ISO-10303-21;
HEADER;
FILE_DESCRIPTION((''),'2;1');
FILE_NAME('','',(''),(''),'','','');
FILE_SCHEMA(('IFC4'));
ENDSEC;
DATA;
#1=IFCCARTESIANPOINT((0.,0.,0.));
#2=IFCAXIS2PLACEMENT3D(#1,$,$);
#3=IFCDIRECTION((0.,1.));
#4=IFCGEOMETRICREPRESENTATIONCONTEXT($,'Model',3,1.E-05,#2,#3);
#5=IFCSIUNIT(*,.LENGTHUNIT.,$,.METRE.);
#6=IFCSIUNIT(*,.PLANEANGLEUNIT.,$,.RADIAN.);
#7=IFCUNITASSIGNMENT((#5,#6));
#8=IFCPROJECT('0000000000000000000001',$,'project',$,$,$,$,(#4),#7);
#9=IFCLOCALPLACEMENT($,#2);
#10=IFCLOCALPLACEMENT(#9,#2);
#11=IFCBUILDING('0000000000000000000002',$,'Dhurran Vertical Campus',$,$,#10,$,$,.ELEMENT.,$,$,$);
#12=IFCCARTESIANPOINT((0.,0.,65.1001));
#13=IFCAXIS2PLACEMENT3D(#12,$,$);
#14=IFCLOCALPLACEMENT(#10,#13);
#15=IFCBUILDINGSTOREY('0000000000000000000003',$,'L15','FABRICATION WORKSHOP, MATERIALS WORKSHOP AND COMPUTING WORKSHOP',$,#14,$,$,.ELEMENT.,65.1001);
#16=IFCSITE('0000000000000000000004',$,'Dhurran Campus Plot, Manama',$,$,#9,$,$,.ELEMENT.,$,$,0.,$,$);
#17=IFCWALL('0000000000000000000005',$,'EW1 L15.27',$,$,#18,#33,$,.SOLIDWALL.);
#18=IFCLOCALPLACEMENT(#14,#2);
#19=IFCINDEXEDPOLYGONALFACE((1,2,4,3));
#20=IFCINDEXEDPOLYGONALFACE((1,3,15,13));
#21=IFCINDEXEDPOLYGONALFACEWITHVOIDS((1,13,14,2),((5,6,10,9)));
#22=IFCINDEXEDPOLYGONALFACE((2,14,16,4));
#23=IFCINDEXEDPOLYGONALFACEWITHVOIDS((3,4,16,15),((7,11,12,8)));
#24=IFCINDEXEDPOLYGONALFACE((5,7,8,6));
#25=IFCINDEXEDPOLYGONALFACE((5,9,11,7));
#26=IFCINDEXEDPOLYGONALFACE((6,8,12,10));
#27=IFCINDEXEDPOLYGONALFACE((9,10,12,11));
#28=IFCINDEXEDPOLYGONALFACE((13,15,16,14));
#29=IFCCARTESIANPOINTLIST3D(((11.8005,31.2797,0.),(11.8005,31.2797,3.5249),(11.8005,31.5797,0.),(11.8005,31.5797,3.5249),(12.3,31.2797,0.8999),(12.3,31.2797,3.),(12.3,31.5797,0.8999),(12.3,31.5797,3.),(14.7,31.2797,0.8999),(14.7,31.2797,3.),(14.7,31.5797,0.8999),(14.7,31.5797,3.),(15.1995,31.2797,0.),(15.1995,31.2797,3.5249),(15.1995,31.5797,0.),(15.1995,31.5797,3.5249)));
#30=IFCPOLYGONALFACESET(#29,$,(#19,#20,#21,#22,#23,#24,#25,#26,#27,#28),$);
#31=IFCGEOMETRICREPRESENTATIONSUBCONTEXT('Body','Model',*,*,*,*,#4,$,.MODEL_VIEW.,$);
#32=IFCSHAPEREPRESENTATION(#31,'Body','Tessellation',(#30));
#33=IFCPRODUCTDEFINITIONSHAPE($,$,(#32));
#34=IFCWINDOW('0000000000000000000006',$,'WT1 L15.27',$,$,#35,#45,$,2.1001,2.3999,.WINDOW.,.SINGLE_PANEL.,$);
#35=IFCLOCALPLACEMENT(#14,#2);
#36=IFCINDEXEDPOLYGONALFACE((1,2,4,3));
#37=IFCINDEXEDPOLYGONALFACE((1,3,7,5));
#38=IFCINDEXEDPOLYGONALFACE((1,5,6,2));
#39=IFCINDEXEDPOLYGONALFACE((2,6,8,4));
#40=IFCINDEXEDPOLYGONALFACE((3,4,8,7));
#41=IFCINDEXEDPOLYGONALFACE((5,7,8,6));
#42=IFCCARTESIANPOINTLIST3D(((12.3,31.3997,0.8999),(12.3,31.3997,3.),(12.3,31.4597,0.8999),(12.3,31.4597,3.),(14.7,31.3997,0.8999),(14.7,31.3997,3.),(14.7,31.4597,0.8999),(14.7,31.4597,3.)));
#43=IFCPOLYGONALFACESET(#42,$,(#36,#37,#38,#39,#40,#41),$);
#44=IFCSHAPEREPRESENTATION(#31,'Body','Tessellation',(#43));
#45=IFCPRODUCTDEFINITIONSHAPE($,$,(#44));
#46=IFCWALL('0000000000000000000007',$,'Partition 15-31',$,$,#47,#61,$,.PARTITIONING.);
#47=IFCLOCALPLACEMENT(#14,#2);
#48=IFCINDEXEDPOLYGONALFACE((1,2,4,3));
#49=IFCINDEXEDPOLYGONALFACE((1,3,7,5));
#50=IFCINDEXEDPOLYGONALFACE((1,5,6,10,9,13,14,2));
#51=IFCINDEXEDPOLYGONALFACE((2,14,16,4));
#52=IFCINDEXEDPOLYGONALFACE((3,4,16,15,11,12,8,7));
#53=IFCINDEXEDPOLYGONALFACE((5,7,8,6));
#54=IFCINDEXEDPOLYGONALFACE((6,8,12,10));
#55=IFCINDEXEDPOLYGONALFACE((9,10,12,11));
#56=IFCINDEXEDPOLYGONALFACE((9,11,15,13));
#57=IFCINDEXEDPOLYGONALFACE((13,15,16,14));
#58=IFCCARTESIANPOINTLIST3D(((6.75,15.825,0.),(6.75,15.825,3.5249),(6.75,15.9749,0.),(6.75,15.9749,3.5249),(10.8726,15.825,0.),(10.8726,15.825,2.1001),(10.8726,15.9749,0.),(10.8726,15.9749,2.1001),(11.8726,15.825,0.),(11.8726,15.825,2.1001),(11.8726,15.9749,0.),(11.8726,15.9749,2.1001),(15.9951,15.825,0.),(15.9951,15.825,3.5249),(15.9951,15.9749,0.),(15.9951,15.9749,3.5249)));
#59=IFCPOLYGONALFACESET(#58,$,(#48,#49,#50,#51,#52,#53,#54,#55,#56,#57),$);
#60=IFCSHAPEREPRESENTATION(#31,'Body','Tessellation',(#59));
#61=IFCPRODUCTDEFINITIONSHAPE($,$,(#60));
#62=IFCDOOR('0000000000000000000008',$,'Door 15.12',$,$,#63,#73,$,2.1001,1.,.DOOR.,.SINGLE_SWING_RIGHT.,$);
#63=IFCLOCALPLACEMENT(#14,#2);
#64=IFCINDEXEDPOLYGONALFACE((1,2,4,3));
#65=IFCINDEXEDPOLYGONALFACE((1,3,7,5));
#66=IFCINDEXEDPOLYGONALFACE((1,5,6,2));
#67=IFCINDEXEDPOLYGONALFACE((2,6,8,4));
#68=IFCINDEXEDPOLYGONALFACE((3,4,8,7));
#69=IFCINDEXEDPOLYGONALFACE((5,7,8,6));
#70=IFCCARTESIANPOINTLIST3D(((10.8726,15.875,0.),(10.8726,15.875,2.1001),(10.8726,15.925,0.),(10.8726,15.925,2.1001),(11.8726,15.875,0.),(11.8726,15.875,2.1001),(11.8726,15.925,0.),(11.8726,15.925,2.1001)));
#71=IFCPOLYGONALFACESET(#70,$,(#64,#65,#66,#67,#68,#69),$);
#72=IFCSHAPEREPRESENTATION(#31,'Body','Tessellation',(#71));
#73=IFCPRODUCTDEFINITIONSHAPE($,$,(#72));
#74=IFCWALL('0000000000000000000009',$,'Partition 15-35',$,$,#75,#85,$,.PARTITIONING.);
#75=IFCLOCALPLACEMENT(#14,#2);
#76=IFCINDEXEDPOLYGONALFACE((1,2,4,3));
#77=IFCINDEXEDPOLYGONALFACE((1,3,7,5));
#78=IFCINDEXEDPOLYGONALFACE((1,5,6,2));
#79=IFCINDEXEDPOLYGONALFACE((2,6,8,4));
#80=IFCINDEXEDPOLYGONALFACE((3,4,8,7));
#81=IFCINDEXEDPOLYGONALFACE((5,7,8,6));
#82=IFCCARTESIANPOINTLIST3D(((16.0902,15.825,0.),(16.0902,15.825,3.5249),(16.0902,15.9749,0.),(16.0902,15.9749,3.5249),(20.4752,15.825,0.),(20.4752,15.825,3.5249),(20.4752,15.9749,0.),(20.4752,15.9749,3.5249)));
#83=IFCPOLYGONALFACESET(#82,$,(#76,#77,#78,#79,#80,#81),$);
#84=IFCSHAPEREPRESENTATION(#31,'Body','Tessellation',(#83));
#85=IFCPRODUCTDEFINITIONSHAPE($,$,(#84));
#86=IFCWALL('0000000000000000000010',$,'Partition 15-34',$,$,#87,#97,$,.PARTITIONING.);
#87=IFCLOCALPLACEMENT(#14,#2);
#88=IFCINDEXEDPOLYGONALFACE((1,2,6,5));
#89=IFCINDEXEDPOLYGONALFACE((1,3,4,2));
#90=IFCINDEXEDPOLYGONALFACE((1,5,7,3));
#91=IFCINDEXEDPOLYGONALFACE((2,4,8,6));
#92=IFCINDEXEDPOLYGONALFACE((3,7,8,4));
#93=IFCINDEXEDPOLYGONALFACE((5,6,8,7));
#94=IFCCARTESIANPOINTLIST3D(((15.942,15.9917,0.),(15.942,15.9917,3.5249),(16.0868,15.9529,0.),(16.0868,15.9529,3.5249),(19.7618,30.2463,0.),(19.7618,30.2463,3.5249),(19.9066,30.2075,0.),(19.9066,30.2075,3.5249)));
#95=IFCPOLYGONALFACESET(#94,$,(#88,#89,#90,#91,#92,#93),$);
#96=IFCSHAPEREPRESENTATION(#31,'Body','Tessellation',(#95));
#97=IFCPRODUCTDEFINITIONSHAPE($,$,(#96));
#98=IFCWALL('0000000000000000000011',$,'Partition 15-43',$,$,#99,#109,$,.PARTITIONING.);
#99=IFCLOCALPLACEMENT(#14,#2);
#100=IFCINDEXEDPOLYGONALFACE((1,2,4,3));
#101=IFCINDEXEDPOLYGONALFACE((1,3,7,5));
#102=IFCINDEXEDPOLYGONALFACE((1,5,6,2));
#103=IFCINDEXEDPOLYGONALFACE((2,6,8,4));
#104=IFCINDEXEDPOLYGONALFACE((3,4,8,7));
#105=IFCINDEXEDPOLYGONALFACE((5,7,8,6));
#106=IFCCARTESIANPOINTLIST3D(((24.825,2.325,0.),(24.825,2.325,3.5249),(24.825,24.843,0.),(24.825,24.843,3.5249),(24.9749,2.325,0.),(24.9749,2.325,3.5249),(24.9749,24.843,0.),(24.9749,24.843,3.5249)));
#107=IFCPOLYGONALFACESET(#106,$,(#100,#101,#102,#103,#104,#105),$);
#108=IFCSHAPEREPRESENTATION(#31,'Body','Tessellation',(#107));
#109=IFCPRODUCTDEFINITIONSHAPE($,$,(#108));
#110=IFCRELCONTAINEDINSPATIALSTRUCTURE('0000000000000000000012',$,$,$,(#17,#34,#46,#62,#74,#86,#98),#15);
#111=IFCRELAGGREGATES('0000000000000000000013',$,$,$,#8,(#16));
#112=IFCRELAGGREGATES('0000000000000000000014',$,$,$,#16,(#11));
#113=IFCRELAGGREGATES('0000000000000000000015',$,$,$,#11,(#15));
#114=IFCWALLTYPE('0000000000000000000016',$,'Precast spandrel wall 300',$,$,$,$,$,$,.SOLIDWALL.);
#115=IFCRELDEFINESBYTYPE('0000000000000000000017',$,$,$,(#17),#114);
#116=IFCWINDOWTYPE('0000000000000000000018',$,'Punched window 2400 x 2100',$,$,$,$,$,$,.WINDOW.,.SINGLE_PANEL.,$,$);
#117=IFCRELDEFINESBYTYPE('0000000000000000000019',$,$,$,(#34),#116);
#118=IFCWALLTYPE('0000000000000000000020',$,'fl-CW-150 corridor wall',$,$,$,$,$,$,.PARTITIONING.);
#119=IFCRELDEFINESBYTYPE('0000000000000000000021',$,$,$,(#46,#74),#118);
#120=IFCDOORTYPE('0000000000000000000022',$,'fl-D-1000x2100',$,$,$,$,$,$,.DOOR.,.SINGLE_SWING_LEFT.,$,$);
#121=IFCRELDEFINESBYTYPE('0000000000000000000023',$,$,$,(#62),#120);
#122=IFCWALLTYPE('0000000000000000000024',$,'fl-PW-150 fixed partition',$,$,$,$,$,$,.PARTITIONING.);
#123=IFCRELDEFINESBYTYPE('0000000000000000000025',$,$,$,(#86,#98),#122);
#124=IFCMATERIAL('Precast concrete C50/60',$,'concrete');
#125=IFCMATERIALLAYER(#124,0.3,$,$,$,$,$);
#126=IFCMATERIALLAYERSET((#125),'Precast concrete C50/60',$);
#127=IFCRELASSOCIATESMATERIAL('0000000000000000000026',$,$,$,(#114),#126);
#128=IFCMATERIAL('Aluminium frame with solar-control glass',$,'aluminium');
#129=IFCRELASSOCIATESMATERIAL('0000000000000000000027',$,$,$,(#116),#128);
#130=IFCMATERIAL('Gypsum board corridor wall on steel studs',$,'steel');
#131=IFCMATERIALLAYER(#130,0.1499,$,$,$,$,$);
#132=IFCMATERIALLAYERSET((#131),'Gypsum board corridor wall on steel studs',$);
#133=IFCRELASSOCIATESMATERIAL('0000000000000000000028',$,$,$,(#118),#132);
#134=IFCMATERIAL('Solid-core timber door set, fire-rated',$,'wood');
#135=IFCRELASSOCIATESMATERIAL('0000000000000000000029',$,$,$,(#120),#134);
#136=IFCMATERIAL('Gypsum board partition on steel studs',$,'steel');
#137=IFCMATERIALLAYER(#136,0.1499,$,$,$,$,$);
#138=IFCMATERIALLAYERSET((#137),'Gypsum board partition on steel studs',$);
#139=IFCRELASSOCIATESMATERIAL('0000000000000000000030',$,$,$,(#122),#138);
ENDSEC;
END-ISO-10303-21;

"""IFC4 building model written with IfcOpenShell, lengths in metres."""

from ifc_helpers import new_model, si_unit, direction, frame, frame_2d, origin, place, context, subcontext, project, spatial, rectangle, extrude, material, layer, layer_set, type_object, element, fill, save


model = new_model("IFC4")

# Units and contexts
model_context = context("Model", 3, precision=1e-05, world=origin(), true_north=direction((0.0, 1.0)))
body_context = subcontext(model_context, "Body", "Model", "MODEL_VIEW")
ifc_project = project(units=[si_unit("LENGTHUNIT", "METRE"), si_unit("PLANEANGLEUNIT", "RADIAN")], contexts=[model_context])

# Site, building, storey
site_placement = place(None, origin())
site = spatial("IfcSite", under=ifc_project, at=site_placement, Name="Dhurran Campus Plot, Manama", CompositionType="ELEMENT", RefElevation=0.0)
building_placement = place(site_placement, origin())
building = spatial("IfcBuilding", under=site, at=building_placement, Name="Dhurran Vertical Campus", CompositionType="ELEMENT")
storey_placement = place(building_placement, frame((0.0, 0.0, 65.1001)))
storey = spatial("IfcBuildingStorey", under=building, at=storey_placement, Name="L15", Description="FABRICATION WORKSHOP, MATERIALS WORKSHOP AND COMPUTING WORKSHOP", CompositionType="ELEMENT", Elevation=65.1001)

# Wall, opening, window
ifc_material_1 = material(Name="Precast concrete C50/60", Category="concrete")
ifc_layer_1 = layer(ifc_material_1, 0.3)
ifc_layer_set_1 = layer_set([ifc_layer_1], Name="Precast concrete C50/60")
wall_type_1 = type_object("IfcWallType", Name="Precast spandrel wall 300", PredefinedType="SOLIDWALL", material=ifc_layer_set_1)
ifc_material_2 = material(Name="Aluminium frame with solar-control glass", Category="aluminium")
window_type = type_object("IfcWindowType", Name="Punched window 2400 x 2100", PartitioningType="SINGLE_PANEL", PredefinedType="WINDOW", material=ifc_material_2)
wall_1_placement = place(storey_placement, frame((15.1995, 31.4297, 0.0), z_axis=(0.0, 0.0, 1.0), x_axis=(-1.0, 0.0, 0.0)))
wall_1 = element("IfcWall", 1, at=wall_1_placement, inside=storey, type_object=wall_type_1, Name="EW1 L15.27", PredefinedType="SOLIDWALL", context=body_context, shape_type="SweptSolid", body=[
    extrude(rectangle(XDim=3.3989, YDim=0.3, at=frame_2d((1.6995, 0.0))), origin(), (0.0, 0.0, 1.0), 3.5249),
])
opening_1_placement = place(wall_1_placement, frame((0.4995, 0.0, 0.8999)))
opening_1 = element("IfcOpeningElement", 2, at=opening_1_placement, cuts=wall_1, PredefinedType="OPENING", context=body_context, shape_type="SweptSolid", body=[
    extrude(rectangle(XDim=2.3999, YDim=2.1001, at=frame_2d((1.2, 1.05))), frame((0.0, 0.1599, 0.0), z_axis=(0.0, -1.0, 0.0), x_axis=(1.0, 0.0, 0.0)), (0.0, 0.0, 1.0), 0.3201),
])
window_1_placement = place(opening_1_placement, origin())
window_1 = element("IfcWindow", 3, at=window_1_placement, inside=storey, type_object=window_type, Name="WT1 L15.27", OverallHeight=2.1001, OverallWidth=2.3999, PartitioningType="SINGLE_PANEL", PredefinedType="WINDOW", context=body_context, shape_type="SweptSolid", body=[
    extrude(rectangle(XDim=2.3999, YDim=2.1001, at=frame_2d((1.2, 1.05))), frame((0.0, 0.03, 0.0), z_axis=(0.0, -1.0, 0.0), x_axis=(1.0, 0.0, 0.0)), (0.0, 0.0, 1.0), 0.0601),
])
fill(opening_1, window_1)

# Wall, opening, door
ifc_material_3 = material(Name="Gypsum board corridor wall on steel studs", Category="steel")
ifc_layer_2 = layer(ifc_material_3, 0.1499)
ifc_layer_set_2 = layer_set([ifc_layer_2], Name="Gypsum board corridor wall on steel studs")
wall_type_2 = type_object("IfcWallType", Name="fl-CW-150 corridor wall", PredefinedType="PARTITIONING", material=ifc_layer_set_2)
wall_2_placement = place(storey_placement, frame((15.9951, 15.8999, 0.0), z_axis=(0.0, 0.0, 1.0), x_axis=(-1.0, 0.0, 0.0)))
wall_2 = element("IfcWall", 4, at=wall_2_placement, inside=storey, type_object=wall_type_2, Name="Partition 15-31", PredefinedType="PARTITIONING", context=body_context, shape_type="SweptSolid", body=[
    extrude(rectangle(XDim=9.2451, YDim=0.1499, at=frame_2d((4.6226, 0.0))), origin(), (0.0, 0.0, 1.0), 3.5249),
])
opening_2_placement = place(wall_2_placement, frame((4.1226, 0.0, 0.0)))
opening_2 = element("IfcOpeningElement", 5, at=opening_2_placement, cuts=wall_2, PredefinedType="OPENING", context=body_context, shape_type="SweptSolid", body=[
    extrude(rectangle(XDim=1.0, YDim=2.1001, at=frame_2d((0.5, 1.05))), frame((0.0, 0.085, 0.0), z_axis=(0.0, -1.0, 0.0), x_axis=(1.0, 0.0, 0.0)), (0.0, 0.0, 1.0), 0.1699),
])
ifc_material_4 = material(Name="Solid-core timber door set, fire-rated", Category="wood")
door_type = type_object("IfcDoorType", Name="fl-D-1000x2100", OperationType="SINGLE_SWING_LEFT", PredefinedType="DOOR", material=ifc_material_4)
door_placement = place(opening_2_placement, origin())
door = element("IfcDoor", 6, at=door_placement, inside=storey, type_object=door_type, Name="Door 15.12", OperationType="SINGLE_SWING_RIGHT", OverallHeight=2.1001, OverallWidth=1.0, PredefinedType="DOOR", context=body_context, shape_type="SweptSolid", body=[
    extrude(rectangle(XDim=1.0, YDim=2.1001, at=frame_2d((0.5, 1.05))), frame((0.0, 0.0249, 0.0), z_axis=(0.0, -1.0, 0.0), x_axis=(1.0, 0.0, 0.0)), (0.0, 0.0, 1.0), 0.05),
])
fill(opening_2, door)

# Walls
wall_3_placement = place(storey_placement, frame((20.4751, 15.8999, 0.0), z_axis=(0.0, 0.0, 1.0), x_axis=(-1.0, 0.0, 0.0)))
element("IfcWall", 7, at=wall_3_placement, inside=storey, type_object=wall_type_2, Name="Partition 15-35", PredefinedType="PARTITIONING", context=body_context, shape_type="SweptSolid", body=[
    extrude(rectangle(XDim=4.385, YDim=0.1499, at=frame_2d((2.1924, 0.0))), origin(), (0.0, 0.0, 1.0), 3.5249),
])
ifc_material_5 = material(Name="Gypsum board partition on steel studs", Category="steel")
ifc_layer_3 = layer(ifc_material_5, 0.1499)
ifc_layer_set_3 = layer_set([ifc_layer_3], Name="Gypsum board partition on steel studs")
wall_type_3 = type_object("IfcWallType", Name="fl-PW-150 fixed partition", PredefinedType="PARTITIONING", material=ifc_layer_set_3)
wall_4_placement = place(storey_placement, frame((19.8342, 30.2271, 0.0), z_axis=(0.0, 0.0, 1.0), x_axis=(-0.258838, -0.965921, 0.0)))
element("IfcWall", 8, at=wall_4_placement, inside=storey, type_object=wall_type_3, Name="Partition 15-34", PredefinedType="PARTITIONING", context=body_context, shape_type="SweptSolid", body=[
    extrude(rectangle(XDim=14.7576, YDim=0.1499, at=frame_2d((7.3789, 0.0))), origin(), (0.0, 0.0, 1.0), 3.5249),
])
wall_5_placement = place(storey_placement, frame((24.8999, 24.843, 0.0), z_axis=(0.0, 0.0, 1.0), x_axis=(0.0, -1.0, 0.0)))
element("IfcWall", 9, at=wall_5_placement, inside=storey, type_object=wall_type_3, Name="Partition 15-43", PredefinedType="PARTITIONING", context=body_context, shape_type="SweptSolid", body=[
    extrude(rectangle(XDim=22.5181, YDim=0.1499, at=frame_2d((11.259, 0.0))), origin(), (0.0, 0.0, 1.0), 3.5249),
])

save(model, "model.ifc")
